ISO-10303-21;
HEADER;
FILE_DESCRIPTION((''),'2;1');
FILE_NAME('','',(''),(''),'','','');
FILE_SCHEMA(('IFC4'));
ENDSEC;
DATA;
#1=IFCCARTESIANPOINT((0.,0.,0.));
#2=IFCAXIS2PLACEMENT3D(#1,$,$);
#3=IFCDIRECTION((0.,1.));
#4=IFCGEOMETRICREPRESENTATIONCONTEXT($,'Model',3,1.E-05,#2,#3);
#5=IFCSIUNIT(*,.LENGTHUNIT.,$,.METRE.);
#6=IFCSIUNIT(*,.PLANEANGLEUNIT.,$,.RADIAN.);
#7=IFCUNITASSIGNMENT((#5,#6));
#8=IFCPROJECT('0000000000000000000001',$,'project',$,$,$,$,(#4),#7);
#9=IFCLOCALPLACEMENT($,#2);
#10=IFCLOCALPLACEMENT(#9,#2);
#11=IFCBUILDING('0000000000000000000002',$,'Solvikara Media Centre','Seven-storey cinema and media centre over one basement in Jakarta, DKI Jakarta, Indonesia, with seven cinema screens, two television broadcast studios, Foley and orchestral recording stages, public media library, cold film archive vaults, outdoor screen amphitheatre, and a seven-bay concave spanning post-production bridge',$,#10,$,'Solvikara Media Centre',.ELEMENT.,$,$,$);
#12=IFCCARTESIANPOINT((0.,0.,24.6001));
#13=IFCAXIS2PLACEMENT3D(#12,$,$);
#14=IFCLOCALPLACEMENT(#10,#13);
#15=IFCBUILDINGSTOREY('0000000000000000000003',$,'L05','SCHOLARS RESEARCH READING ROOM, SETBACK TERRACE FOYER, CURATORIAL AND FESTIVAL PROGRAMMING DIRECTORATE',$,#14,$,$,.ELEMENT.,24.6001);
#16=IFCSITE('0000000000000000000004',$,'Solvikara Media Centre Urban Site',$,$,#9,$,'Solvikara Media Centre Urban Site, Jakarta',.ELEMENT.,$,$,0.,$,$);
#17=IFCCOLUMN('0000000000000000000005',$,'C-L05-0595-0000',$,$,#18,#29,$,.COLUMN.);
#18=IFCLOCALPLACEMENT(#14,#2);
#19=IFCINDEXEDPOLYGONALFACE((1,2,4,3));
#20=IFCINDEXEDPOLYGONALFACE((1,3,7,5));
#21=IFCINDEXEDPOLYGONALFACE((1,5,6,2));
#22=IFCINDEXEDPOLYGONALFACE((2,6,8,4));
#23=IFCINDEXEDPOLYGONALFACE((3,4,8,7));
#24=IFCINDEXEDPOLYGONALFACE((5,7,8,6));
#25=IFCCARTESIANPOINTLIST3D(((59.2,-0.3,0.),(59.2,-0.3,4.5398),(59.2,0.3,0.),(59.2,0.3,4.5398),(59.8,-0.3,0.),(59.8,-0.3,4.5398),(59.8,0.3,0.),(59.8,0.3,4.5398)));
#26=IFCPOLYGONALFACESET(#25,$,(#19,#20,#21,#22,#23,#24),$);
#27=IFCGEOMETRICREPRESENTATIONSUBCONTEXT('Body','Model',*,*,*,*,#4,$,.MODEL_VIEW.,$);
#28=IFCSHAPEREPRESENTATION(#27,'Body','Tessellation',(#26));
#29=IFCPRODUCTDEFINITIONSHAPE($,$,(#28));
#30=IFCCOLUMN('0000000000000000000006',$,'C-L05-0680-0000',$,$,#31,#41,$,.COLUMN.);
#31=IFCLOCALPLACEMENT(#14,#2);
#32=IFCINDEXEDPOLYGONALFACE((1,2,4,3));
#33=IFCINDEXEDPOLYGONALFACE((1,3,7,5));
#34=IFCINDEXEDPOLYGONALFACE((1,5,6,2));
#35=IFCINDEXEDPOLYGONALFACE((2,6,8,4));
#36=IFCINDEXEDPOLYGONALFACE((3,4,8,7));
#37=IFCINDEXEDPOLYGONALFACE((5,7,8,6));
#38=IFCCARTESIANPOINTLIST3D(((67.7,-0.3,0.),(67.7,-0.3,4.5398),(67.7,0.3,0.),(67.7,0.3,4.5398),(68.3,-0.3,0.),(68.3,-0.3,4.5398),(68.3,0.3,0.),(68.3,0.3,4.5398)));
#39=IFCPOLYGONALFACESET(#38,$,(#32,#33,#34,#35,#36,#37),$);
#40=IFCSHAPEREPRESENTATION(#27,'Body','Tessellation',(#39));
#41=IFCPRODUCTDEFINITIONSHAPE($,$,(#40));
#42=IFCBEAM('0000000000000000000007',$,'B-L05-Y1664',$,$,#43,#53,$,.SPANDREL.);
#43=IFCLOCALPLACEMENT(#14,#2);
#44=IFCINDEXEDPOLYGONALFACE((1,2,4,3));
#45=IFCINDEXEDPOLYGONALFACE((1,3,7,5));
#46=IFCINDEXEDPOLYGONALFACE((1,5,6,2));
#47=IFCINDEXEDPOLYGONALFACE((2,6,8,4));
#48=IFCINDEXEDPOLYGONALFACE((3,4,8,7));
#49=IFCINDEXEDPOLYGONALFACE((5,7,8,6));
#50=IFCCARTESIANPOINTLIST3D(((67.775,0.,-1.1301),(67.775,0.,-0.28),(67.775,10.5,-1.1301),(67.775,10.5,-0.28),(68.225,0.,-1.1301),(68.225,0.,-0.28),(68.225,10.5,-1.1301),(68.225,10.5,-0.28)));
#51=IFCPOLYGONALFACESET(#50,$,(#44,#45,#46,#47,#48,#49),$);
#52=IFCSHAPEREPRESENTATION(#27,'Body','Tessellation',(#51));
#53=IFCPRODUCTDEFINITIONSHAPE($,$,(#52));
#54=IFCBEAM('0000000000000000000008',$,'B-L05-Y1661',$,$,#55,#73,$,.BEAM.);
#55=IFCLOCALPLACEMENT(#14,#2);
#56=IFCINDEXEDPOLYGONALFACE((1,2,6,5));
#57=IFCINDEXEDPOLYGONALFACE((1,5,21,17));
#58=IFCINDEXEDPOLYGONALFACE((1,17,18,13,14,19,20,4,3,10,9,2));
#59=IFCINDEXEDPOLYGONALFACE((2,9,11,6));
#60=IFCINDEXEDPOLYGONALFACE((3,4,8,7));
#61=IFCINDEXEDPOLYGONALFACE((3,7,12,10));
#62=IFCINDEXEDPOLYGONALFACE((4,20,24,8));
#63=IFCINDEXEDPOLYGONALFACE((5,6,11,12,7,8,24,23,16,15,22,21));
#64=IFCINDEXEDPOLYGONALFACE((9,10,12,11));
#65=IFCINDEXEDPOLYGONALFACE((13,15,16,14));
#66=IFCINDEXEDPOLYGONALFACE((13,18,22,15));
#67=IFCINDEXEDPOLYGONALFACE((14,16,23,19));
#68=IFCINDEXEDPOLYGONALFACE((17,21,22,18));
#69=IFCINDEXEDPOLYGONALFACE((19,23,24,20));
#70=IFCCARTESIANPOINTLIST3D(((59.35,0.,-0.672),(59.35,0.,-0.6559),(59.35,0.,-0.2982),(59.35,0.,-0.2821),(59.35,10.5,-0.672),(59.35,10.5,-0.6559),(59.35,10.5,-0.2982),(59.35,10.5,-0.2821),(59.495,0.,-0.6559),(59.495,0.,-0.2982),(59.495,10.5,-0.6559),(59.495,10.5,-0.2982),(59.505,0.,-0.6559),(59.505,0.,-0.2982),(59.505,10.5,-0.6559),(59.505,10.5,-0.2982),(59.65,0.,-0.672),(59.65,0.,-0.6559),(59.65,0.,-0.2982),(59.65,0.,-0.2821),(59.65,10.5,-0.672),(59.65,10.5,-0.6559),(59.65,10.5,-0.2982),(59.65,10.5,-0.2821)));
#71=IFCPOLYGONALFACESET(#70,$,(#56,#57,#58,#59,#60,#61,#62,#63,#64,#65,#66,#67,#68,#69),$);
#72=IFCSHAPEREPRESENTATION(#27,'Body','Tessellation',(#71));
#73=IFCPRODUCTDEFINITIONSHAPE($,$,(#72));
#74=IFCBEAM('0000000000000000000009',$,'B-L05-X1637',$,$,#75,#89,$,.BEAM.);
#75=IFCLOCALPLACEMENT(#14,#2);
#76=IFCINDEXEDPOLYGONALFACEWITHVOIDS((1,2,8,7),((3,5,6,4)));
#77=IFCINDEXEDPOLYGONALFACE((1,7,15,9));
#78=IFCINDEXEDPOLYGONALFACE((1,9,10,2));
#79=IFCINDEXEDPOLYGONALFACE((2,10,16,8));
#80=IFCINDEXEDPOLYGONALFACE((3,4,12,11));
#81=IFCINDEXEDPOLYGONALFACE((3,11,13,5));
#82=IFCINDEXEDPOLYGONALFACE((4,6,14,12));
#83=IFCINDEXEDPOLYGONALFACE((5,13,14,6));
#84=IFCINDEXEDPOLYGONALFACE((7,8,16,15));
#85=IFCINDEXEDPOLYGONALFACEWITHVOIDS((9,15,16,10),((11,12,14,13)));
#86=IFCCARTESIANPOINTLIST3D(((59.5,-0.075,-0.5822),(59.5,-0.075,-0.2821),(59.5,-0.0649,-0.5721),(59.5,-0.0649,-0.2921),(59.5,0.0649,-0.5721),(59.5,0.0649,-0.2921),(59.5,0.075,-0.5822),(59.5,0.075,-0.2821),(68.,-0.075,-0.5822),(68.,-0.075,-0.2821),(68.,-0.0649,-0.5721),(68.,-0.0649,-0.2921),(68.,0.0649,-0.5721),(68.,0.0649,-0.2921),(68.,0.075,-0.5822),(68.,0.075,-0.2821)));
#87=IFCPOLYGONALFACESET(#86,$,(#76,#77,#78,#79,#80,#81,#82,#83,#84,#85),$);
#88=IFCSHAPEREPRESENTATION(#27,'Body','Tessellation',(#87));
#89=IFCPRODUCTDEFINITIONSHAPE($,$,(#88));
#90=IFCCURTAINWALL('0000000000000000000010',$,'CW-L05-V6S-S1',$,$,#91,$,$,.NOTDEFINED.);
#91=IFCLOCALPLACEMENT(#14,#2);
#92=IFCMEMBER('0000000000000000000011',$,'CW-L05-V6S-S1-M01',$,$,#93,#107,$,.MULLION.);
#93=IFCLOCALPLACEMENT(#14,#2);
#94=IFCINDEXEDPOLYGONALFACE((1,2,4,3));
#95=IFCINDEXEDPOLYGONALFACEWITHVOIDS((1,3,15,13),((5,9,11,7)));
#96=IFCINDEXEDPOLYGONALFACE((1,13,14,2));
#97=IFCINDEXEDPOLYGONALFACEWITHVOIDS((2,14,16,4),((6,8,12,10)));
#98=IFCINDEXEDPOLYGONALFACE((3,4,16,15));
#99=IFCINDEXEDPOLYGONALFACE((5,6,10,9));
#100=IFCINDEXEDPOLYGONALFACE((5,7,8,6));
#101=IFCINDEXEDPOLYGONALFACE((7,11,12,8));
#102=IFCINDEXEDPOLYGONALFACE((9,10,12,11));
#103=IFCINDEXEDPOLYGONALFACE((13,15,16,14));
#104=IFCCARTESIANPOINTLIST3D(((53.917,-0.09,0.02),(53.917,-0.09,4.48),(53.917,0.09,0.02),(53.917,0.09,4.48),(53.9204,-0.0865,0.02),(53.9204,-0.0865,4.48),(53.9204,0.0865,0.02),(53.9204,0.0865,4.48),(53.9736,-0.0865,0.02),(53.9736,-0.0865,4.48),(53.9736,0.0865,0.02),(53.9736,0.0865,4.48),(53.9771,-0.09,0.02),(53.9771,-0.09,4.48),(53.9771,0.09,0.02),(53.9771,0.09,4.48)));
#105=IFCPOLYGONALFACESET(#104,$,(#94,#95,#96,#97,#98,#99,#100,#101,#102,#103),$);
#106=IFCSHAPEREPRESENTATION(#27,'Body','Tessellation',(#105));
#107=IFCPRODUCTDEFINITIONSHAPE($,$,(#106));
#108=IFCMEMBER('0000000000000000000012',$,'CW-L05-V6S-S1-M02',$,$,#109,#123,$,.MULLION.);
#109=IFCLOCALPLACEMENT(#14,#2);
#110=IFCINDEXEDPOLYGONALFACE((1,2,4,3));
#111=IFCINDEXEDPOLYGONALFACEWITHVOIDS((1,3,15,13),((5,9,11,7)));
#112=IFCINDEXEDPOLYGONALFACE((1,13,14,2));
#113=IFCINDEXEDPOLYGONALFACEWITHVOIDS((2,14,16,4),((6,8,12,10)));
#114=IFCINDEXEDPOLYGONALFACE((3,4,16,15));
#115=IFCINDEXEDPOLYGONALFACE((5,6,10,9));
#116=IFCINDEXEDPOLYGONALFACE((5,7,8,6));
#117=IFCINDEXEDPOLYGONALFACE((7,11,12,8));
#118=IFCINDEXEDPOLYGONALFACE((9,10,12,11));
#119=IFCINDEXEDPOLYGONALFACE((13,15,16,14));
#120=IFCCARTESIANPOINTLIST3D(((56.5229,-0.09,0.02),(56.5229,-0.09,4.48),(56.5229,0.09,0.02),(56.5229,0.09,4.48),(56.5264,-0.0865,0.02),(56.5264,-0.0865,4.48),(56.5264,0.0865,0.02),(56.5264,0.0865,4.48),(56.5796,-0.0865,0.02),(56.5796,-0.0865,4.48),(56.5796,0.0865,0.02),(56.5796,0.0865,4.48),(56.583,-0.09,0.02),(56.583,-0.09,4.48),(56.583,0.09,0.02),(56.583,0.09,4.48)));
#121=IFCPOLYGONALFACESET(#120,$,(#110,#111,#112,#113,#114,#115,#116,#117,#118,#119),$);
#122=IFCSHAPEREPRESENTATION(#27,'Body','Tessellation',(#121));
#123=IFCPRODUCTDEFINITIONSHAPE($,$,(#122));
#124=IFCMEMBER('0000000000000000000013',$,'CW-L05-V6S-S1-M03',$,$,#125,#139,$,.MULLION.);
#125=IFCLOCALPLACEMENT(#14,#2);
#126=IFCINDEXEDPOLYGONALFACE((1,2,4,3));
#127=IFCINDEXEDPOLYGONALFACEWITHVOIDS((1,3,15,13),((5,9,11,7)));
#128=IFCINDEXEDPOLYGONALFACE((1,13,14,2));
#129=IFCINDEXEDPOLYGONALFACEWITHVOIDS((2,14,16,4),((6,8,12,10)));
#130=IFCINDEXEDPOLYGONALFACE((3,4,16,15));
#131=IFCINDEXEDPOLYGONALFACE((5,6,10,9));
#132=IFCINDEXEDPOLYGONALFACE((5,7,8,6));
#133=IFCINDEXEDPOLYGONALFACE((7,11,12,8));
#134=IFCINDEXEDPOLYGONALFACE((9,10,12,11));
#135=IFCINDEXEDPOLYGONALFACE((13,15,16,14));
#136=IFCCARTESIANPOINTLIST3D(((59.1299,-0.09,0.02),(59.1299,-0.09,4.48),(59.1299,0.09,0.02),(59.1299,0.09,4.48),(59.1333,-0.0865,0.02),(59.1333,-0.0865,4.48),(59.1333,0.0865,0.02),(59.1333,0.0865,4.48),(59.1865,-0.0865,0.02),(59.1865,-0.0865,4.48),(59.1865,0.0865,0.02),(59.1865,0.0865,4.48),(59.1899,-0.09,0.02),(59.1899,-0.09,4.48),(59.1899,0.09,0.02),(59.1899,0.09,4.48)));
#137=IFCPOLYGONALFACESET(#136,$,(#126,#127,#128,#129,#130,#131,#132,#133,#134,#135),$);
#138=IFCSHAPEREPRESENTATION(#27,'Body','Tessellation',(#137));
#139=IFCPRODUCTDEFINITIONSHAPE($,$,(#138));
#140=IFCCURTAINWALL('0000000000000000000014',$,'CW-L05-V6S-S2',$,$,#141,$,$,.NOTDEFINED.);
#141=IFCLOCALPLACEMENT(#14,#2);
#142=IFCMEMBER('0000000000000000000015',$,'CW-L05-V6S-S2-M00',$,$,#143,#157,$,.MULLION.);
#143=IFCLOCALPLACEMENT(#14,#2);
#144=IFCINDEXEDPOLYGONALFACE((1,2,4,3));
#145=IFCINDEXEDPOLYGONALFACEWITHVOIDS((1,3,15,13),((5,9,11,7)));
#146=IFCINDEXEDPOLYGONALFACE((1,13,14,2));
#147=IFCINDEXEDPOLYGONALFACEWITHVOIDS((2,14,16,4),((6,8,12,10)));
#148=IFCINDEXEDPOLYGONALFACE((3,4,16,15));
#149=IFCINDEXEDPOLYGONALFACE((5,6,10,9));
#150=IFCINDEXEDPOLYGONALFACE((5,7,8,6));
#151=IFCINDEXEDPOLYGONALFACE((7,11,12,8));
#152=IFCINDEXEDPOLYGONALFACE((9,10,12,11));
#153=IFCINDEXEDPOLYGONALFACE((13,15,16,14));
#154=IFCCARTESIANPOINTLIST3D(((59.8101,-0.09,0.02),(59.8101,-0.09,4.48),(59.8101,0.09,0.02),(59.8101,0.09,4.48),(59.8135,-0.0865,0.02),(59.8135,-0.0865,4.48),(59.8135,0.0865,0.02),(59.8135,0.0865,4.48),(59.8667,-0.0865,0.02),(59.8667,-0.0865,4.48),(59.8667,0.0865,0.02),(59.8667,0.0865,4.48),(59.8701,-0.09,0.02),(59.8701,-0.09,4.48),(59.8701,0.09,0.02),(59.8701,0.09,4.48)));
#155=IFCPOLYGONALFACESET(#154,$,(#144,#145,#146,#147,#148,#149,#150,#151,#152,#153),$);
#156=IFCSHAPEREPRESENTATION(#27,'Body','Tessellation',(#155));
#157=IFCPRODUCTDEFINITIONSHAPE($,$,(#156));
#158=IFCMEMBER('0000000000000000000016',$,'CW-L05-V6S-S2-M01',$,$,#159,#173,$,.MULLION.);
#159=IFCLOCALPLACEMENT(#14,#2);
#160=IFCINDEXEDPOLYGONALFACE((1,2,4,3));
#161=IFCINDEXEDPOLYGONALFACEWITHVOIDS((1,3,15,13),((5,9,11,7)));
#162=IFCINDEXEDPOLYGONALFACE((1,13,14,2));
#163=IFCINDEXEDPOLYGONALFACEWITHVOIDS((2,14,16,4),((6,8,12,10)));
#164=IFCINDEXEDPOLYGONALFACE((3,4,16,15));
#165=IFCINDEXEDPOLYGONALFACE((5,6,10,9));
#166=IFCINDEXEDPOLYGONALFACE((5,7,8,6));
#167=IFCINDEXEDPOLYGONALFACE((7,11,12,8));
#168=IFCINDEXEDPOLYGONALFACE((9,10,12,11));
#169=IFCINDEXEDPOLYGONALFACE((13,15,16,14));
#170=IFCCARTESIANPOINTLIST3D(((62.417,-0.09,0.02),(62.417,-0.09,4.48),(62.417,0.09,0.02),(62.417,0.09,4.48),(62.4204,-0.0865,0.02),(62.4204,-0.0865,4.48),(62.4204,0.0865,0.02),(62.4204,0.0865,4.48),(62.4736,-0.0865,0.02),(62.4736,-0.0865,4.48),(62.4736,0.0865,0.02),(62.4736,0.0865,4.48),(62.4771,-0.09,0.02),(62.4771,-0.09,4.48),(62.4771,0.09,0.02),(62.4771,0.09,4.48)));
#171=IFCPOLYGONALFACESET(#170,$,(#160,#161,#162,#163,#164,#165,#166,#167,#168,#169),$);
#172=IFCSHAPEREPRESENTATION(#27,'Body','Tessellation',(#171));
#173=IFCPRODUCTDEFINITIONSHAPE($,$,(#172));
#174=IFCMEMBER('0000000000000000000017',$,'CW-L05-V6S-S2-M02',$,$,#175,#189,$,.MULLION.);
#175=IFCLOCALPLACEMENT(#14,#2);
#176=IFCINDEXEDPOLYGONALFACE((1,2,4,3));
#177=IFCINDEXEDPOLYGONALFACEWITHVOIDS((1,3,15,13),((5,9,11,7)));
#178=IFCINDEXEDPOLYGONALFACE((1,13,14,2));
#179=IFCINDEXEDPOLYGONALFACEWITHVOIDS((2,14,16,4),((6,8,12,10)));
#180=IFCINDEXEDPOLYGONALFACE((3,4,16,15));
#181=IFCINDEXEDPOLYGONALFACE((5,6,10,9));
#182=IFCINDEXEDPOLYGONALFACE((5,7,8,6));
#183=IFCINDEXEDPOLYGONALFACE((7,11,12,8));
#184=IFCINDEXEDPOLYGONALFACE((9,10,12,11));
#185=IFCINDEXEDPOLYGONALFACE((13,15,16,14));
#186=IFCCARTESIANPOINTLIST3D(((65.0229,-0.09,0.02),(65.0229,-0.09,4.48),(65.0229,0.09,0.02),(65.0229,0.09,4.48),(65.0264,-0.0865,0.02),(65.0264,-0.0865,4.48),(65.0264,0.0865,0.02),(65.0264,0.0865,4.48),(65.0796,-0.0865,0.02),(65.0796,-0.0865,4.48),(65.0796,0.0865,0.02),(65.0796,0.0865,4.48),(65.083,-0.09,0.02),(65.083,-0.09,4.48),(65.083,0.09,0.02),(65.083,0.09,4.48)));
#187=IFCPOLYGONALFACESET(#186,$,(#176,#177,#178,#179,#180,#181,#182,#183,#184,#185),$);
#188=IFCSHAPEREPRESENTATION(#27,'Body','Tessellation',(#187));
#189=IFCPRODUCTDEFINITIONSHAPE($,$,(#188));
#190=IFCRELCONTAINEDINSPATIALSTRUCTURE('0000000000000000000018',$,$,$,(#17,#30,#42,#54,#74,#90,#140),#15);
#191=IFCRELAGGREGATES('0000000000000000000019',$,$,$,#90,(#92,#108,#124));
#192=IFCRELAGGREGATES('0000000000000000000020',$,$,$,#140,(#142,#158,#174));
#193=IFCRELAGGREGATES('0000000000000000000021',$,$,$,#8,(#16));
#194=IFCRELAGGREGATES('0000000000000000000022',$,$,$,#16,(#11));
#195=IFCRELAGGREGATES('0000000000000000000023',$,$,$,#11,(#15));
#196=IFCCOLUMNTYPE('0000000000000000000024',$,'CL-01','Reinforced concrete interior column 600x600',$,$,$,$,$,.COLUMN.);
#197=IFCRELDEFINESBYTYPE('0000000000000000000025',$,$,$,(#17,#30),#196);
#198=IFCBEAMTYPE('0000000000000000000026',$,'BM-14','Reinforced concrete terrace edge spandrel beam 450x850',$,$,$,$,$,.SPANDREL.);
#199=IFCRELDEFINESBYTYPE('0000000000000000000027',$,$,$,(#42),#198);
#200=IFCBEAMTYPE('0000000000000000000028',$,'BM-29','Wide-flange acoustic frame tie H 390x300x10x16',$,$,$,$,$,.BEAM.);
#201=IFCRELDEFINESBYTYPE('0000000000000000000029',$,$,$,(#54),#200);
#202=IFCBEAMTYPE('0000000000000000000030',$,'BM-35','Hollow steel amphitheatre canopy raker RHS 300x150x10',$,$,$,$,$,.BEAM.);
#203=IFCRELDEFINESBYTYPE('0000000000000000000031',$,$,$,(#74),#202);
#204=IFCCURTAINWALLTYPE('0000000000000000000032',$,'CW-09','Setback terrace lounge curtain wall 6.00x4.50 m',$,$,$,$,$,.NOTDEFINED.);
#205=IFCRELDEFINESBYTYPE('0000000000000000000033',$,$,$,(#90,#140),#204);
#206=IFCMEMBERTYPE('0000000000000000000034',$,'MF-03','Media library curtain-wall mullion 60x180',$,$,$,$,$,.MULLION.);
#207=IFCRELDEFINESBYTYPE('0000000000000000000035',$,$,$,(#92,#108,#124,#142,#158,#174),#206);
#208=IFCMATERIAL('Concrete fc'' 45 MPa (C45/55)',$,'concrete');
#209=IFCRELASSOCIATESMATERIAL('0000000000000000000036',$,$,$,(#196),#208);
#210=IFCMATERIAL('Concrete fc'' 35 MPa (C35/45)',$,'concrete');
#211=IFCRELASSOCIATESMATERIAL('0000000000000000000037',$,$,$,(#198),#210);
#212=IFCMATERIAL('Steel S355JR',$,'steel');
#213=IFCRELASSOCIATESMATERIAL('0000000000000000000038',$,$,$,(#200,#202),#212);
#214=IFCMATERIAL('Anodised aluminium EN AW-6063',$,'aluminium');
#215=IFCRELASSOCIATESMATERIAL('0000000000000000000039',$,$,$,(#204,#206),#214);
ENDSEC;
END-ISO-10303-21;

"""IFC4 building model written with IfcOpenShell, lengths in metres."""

from ifc_helpers import new_model, si_unit, direction, frame, origin, origin_2d, place, context, subcontext, project, spatial, rectangle, hollow_rectangle, i_section, extrude, material, material_profile, profile_set, type_object, element, aggregate, save


model = new_model("IFC4")

# Units and contexts
model_context = context("Model", 3, precision=1e-05, world=origin(), true_north=direction((0.0, 1.0)))
body_context = subcontext(model_context, "Body", "Model", "MODEL_VIEW")
ifc_project = project(units=[si_unit("LENGTHUNIT", "METRE"), si_unit("PLANEANGLEUNIT", "RADIAN")], contexts=[model_context])

# Site, building, storey
site_placement = place(None, origin())
site = spatial("IfcSite", under=ifc_project, at=site_placement, Name="Solvikara Media Centre Urban Site", LongName="Solvikara Media Centre Urban Site, Jakarta", CompositionType="ELEMENT", RefElevation=0.0)
building_placement = place(site_placement, origin())
building = spatial("IfcBuilding", under=site, at=building_placement, Name="Solvikara Media Centre", Description="Seven-storey cinema and media centre over one basement in Jakarta, DKI Jakarta, Indonesia, with seven cinema screens, two television broadcast studios, Foley and orchestral recording stages, public media library, cold film archive vaults, outdoor screen amphitheatre, and a seven-bay concave spanning post-production bridge", LongName="Solvikara Media Centre", CompositionType="ELEMENT")
storey_placement = place(building_placement, frame((0.0, 0.0, 24.6001)))
storey = spatial("IfcBuildingStorey", under=building, at=storey_placement, Name="L05", Description="SCHOLARS RESEARCH READING ROOM, SETBACK TERRACE FOYER, CURATORIAL AND FESTIVAL PROGRAMMING DIRECTORATE", CompositionType="ELEMENT", Elevation=24.6001)

# Columns
ifc_material_1 = material(Name="Concrete fc' 45 MPa (C45/55)", Category="concrete")
ifc_material_profile_1 = material_profile(ifc_material_1, rectangle(XDim=0.6001, YDim=0.6001, at=origin_2d()), Name="RC 600x600")
ifc_profile_set_1 = profile_set([ifc_material_profile_1], Name="Concrete fc' 45 MPa (C45/55)")
column_type = type_object("IfcColumnType", Name="CL-01", Description="Reinforced concrete interior column 600x600", PredefinedType="COLUMN", material=ifc_profile_set_1)
for number, where, z_axis, x_axis, name in (
    (1, (59.5, 0.0, 0.0), (0.0, 0.0, 1.0), (1.0, 0.0, 0.0), "C-L05-0595-0000"),
    (2, (68.0, 0.0, 0.0), (0.0, 0.0, 1.0), (1.0, 0.0, 0.0), "C-L05-0680-0000"),
):
    element("IfcColumn", number, at=place(storey_placement, frame(where, z_axis=z_axis, x_axis=x_axis)), inside=storey, type_object=column_type, Name=name, PredefinedType="COLUMN", context=body_context, shape_type="SweptSolid", body=[
        extrude(rectangle(XDim=0.6001, YDim=0.6001, at=origin_2d()), origin(), (0.0, 0.0, 1.0), 4.5398),
    ])

# Beams
ifc_material_2 = material(Name="Concrete fc' 35 MPa (C35/45)", Category="concrete")
ifc_material_profile_2 = material_profile(ifc_material_2, rectangle(XDim=0.45, YDim=0.8501, at=origin_2d()), Name="RC 450x850")
ifc_profile_set_2 = profile_set([ifc_material_profile_2], Name="Concrete fc' 35 MPa (C35/45)")
beam_type_1 = type_object("IfcBeamType", Name="BM-14", Description="Reinforced concrete terrace edge spandrel beam 450x850", PredefinedType="SPANDREL", material=ifc_profile_set_2)
beam_1_placement = place(storey_placement, frame((68.0, 0.0, -0.7051), z_axis=(0.0, 1.0, 0.0), x_axis=(-1.0, 0.0, 0.0)))
element("IfcBeam", 3, at=beam_1_placement, inside=storey, type_object=beam_type_1, Name="B-L05-Y1664", PredefinedType="SPANDREL", context=body_context, shape_type="SweptSolid", body=[
    extrude(rectangle(XDim=0.45, YDim=0.8501, at=origin_2d()), origin(), (0.0, 0.0, 1.0), 10.5),
])
ifc_material_3 = material(Name="Steel S355JR", Category="steel")
ifc_material_profile_3 = material_profile(ifc_material_3, i_section(OverallWidth=0.3, OverallDepth=0.3899, WebThickness=0.01, FlangeThickness=0.0161, at=origin_2d()), Name="H 390x300x10x16")
ifc_profile_set_3 = profile_set([ifc_material_profile_3], Name="Steel S355JR")
beam_type_2 = type_object("IfcBeamType", Name="BM-29", Description="Wide-flange acoustic frame tie H 390x300x10x16", PredefinedType="BEAM", material=ifc_profile_set_3)
beam_2_placement = place(storey_placement, frame((59.5, 0.0, -0.4771), z_axis=(0.0, 1.0, 0.0), x_axis=(-1.0, 0.0, 0.0)))
element("IfcBeam", 4, at=beam_2_placement, inside=storey, type_object=beam_type_2, Name="B-L05-Y1661", PredefinedType="BEAM", context=body_context, shape_type="SweptSolid", body=[
    extrude(i_section(OverallWidth=0.3, OverallDepth=0.3899, WebThickness=0.01, FlangeThickness=0.0161, at=origin_2d()), origin(), (0.0, 0.0, 1.0), 10.5),
])
ifc_material_profile_4 = material_profile(ifc_material_3, hollow_rectangle(XDim=0.1499, YDim=0.3, WallThickness=0.01, at=origin_2d()), Name="RHS 300x150x10")
ifc_profile_set_4 = profile_set([ifc_material_profile_4], Name="Steel S355JR")
beam_type_3 = type_object("IfcBeamType", Name="BM-35", Description="Hollow steel amphitheatre canopy raker RHS 300x150x10", PredefinedType="BEAM", material=ifc_profile_set_4)
beam_3_placement = place(storey_placement, frame((59.5, 0.0, -0.4321), z_axis=(1.0, 0.0, 0.0), x_axis=(0.0, 1.0, 0.0)))
element("IfcBeam", 5, at=beam_3_placement, inside=storey, type_object=beam_type_3, Name="B-L05-X1637", PredefinedType="BEAM", context=body_context, shape_type="SweptSolid", body=[
    extrude(hollow_rectangle(XDim=0.1499, YDim=0.3, WallThickness=0.01, at=origin_2d()), origin(), (0.0, 0.0, 1.0), 8.5),
])

# Curtain walls, members
ifc_material_4 = material(Name="Anodised aluminium EN AW-6063", Category="aluminium")
curtain_wall_type = type_object("IfcCurtainWallType", Name="CW-09", Description="Setback terrace lounge curtain wall 6.00x4.50 m", PredefinedType="NOTDEFINED", material=ifc_material_4)
curtain_wall_1_placement = place(storey_placement, origin())
curtain_wall_1 = element("IfcCurtainWall", 6, at=curtain_wall_1_placement, inside=storey, type_object=curtain_wall_type, Name="CW-L05-V6S-S1", PredefinedType="NOTDEFINED")
ifc_material_profile_5 = material_profile(ifc_material_4, hollow_rectangle(XDim=0.0601, YDim=0.1799, WallThickness=0.0034, at=origin_2d()), Name="ALU-M 60x180x3.5")
ifc_profile_set_5 = profile_set([ifc_material_profile_5], Name="Anodised aluminium EN AW-6063")
member_type_1 = type_object("IfcMemberType", Name="MF-03", Description="Media library curtain-wall mullion 60x180", PredefinedType="MULLION", material=ifc_profile_set_5)
member_1_placement = place(storey_placement, frame((53.947, 0.0, 0.02), z_axis=(0.0, 0.0, 1.0), x_axis=(1.0, 0.0, 0.0)))
member_1 = element("IfcMember", 7, at=member_1_placement, type_object=member_type_1, Name="CW-L05-V6S-S1-M01", PredefinedType="MULLION", context=body_context, shape_type="SweptSolid", body=[
    extrude(hollow_rectangle(XDim=0.0601, YDim=0.1799, WallThickness=0.0034, at=origin_2d()), origin(), (0.0, 0.0, 1.0), 4.46),
])
member_2_placement = place(storey_placement, frame((56.553, 0.0, 0.02), z_axis=(0.0, 0.0, 1.0), x_axis=(1.0, 0.0, 0.0)))
member_2 = element("IfcMember", 8, at=member_2_placement, type_object=member_type_1, Name="CW-L05-V6S-S1-M02", PredefinedType="MULLION", context=body_context, shape_type="SweptSolid", body=[
    extrude(hollow_rectangle(XDim=0.0601, YDim=0.1799, WallThickness=0.0034, at=origin_2d()), origin(), (0.0, 0.0, 1.0), 4.46),
])
member_3_placement = place(storey_placement, frame((59.1599, 0.0, 0.02), z_axis=(0.0, 0.0, 1.0), x_axis=(1.0, 0.0, 0.0)))
member_3 = element("IfcMember", 9, at=member_3_placement, type_object=member_type_1, Name="CW-L05-V6S-S1-M03", PredefinedType="MULLION", context=body_context, shape_type="SweptSolid", body=[
    extrude(hollow_rectangle(XDim=0.0601, YDim=0.1799, WallThickness=0.0034, at=origin_2d()), origin(), (0.0, 0.0, 1.0), 4.46),
])
curtain_wall_2_placement = place(storey_placement, origin())
curtain_wall_2 = element("IfcCurtainWall", 10, at=curtain_wall_2_placement, inside=storey, type_object=curtain_wall_type, Name="CW-L05-V6S-S2", PredefinedType="NOTDEFINED")
member_4_placement = place(storey_placement, frame((59.8401, 0.0, 0.02), z_axis=(0.0, 0.0, 1.0), x_axis=(1.0, 0.0, 0.0)))
member_4 = element("IfcMember", 11, at=member_4_placement, type_object=member_type_1, Name="CW-L05-V6S-S2-M00", PredefinedType="MULLION", context=body_context, shape_type="SweptSolid", body=[
    extrude(hollow_rectangle(XDim=0.0601, YDim=0.1799, WallThickness=0.0034, at=origin_2d()), origin(), (0.0, 0.0, 1.0), 4.46),
])
member_5_placement = place(storey_placement, frame((62.447, 0.0, 0.02), z_axis=(0.0, 0.0, 1.0), x_axis=(1.0, 0.0, 0.0)))
member_5 = element("IfcMember", 12, at=member_5_placement, type_object=member_type_1, Name="CW-L05-V6S-S2-M01", PredefinedType="MULLION", context=body_context, shape_type="SweptSolid", body=[
    extrude(hollow_rectangle(XDim=0.0601, YDim=0.1799, WallThickness=0.0034, at=origin_2d()), origin(), (0.0, 0.0, 1.0), 4.46),
])
member_6_placement = place(storey_placement, frame((65.053, 0.0, 0.02), z_axis=(0.0, 0.0, 1.0), x_axis=(1.0, 0.0, 0.0)))
member_6 = element("IfcMember", 13, at=member_6_placement, type_object=member_type_1, Name="CW-L05-V6S-S2-M02", PredefinedType="MULLION", context=body_context, shape_type="SweptSolid", body=[
    extrude(hollow_rectangle(XDim=0.0601, YDim=0.1799, WallThickness=0.0034, at=origin_2d()), origin(), (0.0, 0.0, 1.0), 4.46),
])

aggregate(curtain_wall_1, [member_1, member_2, member_3])
aggregate(curtain_wall_2, [member_4, member_5, member_6])

save(model, "model.ifc")
